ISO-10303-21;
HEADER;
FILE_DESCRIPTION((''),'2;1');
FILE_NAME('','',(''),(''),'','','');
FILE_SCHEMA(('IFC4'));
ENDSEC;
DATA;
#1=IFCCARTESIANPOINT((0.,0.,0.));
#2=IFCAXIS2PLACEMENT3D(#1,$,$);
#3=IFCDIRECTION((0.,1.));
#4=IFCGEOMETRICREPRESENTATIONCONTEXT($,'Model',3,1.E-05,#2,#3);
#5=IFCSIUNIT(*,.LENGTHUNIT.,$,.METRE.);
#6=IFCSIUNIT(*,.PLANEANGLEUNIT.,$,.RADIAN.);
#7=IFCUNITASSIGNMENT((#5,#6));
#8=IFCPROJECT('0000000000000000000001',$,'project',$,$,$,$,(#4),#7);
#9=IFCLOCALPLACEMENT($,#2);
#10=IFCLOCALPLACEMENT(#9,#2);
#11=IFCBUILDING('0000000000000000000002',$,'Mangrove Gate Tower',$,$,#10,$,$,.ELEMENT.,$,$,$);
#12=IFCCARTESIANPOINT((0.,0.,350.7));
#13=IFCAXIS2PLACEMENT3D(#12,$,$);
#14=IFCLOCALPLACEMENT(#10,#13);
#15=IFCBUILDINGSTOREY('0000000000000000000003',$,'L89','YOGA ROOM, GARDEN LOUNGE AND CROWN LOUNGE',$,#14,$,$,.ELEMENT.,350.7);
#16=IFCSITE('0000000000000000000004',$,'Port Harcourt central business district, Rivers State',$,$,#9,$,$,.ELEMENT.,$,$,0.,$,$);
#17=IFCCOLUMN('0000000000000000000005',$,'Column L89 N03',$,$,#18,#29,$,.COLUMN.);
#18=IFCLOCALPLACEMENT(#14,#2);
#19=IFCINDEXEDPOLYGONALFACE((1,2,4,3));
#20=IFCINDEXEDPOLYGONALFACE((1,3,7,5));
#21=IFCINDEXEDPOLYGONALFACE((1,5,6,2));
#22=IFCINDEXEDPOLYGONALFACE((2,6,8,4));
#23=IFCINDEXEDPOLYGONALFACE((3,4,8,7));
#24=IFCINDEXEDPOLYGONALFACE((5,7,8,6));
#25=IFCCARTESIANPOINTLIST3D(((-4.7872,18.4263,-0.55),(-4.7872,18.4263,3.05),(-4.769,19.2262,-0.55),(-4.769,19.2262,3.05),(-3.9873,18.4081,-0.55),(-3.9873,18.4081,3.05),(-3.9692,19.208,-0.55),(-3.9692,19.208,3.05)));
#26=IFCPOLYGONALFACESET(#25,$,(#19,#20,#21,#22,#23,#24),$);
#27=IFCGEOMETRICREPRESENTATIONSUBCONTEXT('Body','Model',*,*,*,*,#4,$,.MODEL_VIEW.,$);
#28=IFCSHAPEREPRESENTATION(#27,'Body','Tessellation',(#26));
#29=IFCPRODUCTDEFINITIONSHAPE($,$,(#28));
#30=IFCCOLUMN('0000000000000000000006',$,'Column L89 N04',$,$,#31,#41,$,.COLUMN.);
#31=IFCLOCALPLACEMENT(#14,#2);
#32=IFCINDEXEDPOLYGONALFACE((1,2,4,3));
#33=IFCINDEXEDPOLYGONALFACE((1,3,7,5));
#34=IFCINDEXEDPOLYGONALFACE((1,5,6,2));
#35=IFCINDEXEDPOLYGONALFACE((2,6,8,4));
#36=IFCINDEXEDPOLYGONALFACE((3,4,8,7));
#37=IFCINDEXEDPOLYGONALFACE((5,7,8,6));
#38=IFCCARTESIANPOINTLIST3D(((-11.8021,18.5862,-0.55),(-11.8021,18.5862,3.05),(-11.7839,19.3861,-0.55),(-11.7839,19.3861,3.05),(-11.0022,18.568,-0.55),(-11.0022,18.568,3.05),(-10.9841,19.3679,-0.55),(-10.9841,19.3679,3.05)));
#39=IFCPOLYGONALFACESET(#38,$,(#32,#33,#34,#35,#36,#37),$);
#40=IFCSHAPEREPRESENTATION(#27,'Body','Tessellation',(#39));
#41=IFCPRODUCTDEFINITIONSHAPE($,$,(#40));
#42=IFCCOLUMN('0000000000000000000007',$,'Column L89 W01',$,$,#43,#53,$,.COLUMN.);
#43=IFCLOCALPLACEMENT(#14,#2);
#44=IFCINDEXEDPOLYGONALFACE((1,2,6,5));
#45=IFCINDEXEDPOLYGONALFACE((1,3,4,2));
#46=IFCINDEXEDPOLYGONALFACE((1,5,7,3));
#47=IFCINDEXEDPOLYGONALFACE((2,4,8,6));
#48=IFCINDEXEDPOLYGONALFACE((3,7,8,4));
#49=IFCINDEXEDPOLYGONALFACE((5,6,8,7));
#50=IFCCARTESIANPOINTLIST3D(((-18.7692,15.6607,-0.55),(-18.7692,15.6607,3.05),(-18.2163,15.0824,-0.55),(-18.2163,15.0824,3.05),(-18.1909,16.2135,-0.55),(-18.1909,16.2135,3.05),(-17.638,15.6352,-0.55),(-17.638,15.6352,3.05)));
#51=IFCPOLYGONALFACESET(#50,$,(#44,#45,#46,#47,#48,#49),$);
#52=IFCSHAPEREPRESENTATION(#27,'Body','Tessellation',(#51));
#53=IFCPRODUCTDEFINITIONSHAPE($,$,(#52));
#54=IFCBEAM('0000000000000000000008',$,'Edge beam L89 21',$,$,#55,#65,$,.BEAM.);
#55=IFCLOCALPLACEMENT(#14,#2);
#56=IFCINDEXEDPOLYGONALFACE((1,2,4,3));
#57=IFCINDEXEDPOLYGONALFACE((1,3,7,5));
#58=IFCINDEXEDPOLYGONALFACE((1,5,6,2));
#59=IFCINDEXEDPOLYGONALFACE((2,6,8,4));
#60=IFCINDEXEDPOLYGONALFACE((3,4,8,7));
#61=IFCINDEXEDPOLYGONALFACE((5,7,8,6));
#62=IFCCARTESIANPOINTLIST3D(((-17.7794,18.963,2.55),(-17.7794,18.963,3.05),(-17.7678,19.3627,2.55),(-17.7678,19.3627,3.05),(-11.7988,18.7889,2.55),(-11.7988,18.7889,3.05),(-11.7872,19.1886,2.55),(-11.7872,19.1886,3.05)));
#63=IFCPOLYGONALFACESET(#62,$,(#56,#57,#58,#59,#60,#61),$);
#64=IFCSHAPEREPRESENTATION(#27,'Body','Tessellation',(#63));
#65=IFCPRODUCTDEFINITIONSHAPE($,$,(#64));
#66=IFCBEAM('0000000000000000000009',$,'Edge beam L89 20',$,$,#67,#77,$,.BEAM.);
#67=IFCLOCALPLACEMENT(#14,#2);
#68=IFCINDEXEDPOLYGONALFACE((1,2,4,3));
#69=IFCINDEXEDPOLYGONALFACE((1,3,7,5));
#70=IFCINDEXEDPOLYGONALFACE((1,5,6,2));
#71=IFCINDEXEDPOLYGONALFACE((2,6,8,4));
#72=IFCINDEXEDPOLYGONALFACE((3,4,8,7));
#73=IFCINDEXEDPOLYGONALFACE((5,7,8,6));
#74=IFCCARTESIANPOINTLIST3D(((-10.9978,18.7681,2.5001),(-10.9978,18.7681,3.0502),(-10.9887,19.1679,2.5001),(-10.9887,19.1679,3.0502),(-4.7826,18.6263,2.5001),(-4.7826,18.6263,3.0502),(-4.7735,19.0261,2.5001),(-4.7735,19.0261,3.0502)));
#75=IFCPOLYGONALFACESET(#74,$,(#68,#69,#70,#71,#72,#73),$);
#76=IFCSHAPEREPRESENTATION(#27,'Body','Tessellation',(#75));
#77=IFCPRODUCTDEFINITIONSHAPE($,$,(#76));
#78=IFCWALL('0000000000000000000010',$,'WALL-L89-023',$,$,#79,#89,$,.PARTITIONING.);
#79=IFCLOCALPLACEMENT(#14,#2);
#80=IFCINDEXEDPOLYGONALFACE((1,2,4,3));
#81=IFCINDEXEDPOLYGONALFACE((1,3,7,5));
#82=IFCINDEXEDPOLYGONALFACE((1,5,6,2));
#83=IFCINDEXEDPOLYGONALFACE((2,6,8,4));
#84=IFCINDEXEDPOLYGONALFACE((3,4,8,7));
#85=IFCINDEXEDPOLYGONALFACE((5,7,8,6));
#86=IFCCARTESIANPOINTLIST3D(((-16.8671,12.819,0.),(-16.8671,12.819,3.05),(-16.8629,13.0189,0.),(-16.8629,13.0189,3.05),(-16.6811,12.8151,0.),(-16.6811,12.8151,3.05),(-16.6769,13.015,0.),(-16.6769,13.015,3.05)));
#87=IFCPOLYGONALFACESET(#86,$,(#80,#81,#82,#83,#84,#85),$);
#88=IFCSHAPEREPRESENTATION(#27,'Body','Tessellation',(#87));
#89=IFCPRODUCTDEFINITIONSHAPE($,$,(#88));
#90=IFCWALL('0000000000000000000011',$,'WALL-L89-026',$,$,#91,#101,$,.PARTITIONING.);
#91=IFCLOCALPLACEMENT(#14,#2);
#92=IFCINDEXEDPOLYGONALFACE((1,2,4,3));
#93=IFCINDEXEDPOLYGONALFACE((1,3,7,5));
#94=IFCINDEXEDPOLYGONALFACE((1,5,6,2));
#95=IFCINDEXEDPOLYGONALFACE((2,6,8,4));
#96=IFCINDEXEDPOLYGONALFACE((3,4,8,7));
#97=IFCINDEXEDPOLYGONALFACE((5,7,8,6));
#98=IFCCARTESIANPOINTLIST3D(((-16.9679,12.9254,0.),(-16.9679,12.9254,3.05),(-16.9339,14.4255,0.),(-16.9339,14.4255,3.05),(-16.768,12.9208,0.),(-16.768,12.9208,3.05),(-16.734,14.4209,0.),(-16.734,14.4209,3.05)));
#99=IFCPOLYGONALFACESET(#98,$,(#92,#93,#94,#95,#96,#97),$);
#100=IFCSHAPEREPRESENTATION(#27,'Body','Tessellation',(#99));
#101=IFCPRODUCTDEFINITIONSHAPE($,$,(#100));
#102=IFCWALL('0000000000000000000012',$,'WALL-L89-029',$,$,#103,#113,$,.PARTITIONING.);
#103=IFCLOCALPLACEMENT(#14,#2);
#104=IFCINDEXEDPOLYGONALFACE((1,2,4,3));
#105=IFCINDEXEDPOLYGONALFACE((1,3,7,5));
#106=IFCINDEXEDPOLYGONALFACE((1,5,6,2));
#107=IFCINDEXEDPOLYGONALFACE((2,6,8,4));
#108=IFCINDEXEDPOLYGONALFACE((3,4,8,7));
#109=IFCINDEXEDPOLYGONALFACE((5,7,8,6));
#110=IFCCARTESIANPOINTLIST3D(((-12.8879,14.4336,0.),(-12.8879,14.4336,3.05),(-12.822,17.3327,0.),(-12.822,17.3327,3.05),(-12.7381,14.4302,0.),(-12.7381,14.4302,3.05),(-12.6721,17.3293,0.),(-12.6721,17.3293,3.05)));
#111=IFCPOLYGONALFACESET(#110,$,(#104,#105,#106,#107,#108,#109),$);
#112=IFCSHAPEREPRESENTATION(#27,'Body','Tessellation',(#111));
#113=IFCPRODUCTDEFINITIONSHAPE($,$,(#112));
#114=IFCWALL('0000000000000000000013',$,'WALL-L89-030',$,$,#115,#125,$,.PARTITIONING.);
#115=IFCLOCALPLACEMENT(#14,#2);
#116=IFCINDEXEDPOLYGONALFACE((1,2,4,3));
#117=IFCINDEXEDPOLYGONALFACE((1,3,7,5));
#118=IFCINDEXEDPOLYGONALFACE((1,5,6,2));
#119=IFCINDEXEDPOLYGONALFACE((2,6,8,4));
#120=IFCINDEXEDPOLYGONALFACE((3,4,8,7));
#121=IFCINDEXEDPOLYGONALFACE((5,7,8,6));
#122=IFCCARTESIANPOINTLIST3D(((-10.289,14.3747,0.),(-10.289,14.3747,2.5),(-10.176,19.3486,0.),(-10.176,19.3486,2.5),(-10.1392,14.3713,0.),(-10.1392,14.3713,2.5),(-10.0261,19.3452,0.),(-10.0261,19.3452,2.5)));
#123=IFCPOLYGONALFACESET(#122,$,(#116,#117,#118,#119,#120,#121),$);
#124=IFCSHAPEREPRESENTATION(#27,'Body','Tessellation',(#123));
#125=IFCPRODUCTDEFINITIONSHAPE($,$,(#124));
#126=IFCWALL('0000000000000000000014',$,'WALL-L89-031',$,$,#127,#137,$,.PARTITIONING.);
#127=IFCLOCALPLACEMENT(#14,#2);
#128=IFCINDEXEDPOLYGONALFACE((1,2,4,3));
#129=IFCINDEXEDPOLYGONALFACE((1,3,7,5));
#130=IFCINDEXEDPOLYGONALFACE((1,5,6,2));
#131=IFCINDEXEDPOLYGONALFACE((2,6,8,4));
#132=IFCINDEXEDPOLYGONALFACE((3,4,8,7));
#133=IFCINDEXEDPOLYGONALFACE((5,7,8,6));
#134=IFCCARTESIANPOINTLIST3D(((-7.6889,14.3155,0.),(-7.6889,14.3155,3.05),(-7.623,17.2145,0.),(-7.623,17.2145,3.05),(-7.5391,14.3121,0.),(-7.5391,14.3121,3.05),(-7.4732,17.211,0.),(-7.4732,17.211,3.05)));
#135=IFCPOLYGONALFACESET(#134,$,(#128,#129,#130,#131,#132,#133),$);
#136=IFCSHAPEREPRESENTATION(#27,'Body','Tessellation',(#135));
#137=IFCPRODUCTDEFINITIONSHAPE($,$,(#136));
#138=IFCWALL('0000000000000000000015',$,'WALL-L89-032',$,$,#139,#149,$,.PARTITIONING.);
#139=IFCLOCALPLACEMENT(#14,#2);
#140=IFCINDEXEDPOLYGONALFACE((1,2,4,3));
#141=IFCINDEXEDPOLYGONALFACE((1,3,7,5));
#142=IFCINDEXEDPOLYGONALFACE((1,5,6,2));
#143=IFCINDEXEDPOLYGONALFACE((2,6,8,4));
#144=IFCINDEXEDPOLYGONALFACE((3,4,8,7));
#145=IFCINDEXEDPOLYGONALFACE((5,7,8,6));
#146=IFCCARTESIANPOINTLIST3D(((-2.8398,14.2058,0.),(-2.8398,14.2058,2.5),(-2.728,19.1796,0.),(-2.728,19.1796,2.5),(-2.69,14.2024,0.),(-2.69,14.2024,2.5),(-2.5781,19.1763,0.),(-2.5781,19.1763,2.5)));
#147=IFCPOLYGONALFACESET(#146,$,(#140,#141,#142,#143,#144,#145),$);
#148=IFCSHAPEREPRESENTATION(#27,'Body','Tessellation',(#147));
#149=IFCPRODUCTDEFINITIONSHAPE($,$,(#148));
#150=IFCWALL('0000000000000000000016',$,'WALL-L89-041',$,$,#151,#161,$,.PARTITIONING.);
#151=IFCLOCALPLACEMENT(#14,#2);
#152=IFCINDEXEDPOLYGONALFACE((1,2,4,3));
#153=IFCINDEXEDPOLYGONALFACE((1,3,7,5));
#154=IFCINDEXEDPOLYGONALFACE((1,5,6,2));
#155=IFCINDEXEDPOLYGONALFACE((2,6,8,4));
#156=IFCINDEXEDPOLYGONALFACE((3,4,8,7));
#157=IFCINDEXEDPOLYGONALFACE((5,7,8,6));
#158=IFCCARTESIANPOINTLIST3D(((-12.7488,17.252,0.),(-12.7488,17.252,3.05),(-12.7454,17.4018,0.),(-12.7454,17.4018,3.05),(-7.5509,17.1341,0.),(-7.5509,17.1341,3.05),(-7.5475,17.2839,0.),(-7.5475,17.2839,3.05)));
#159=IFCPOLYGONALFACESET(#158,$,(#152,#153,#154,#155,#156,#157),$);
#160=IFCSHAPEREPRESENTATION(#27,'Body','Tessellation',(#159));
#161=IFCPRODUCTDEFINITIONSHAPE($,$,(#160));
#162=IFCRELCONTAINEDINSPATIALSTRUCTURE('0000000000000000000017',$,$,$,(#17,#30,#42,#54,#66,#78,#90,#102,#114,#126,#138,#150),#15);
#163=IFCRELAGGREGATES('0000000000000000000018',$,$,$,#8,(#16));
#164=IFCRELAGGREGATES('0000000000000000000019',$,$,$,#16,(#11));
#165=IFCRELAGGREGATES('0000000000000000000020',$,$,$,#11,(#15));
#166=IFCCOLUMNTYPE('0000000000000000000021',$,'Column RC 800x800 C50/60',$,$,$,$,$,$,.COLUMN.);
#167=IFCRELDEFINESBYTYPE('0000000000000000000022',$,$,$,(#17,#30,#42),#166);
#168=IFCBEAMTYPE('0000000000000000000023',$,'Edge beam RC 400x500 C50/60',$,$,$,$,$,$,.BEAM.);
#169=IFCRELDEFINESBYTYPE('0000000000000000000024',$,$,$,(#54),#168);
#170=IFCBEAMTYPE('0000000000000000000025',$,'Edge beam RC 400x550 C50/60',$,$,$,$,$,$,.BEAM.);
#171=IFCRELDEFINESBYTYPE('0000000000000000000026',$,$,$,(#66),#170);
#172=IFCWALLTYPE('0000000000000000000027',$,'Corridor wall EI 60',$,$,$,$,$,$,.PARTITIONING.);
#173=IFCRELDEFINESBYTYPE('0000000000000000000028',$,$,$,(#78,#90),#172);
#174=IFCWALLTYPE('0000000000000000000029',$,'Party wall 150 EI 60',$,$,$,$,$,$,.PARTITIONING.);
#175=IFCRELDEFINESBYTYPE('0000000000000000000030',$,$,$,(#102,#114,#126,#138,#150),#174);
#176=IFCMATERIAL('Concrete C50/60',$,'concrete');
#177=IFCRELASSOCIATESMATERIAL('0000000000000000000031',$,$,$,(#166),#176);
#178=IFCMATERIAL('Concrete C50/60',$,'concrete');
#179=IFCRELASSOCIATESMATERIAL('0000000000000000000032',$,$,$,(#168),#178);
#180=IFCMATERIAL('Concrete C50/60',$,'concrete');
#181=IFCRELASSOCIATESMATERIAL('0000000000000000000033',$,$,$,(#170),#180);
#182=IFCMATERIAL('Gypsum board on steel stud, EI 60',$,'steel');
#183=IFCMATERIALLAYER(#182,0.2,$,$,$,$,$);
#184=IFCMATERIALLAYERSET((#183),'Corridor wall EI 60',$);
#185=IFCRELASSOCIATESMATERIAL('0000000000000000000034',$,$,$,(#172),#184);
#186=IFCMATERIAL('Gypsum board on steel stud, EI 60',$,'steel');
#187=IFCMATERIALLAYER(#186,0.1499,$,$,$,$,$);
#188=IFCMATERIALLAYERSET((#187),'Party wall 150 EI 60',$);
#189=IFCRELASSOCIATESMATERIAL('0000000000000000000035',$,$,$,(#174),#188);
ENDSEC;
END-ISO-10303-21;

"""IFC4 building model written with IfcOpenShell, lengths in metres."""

from ifc_helpers import new_model, si_unit, direction, frame, frame_2d, origin, origin_2d, place, context, subcontext, project, spatial, rectangle, extrude, material, layer, layer_set, material_profile, profile_set, type_object, element, save


model = new_model("IFC4")

# Units and contexts
model_context = context("Model", 3, precision=1e-05, world=origin(), true_north=direction((0.0, 1.0)))
body_context = subcontext(model_context, "Body", "Model", "MODEL_VIEW")
ifc_project = project(units=[si_unit("LENGTHUNIT", "METRE"), si_unit("PLANEANGLEUNIT", "RADIAN")], contexts=[model_context])

# Site, building, storey
site_placement = place(None, origin())
site = spatial("IfcSite", under=ifc_project, at=site_placement, Name="Port Harcourt central business district, Rivers State", CompositionType="ELEMENT", RefElevation=0.0)
building_placement = place(site_placement, origin())
building = spatial("IfcBuilding", under=site, at=building_placement, Name="Mangrove Gate Tower", CompositionType="ELEMENT")
storey_placement = place(building_placement, frame((0.0, 0.0, 350.7)))
storey = spatial("IfcBuildingStorey", under=building, at=storey_placement, Name="L89", Description="YOGA ROOM, GARDEN LOUNGE AND CROWN LOUNGE", CompositionType="ELEMENT", Elevation=350.7)

# Columns
ifc_material_1 = material(Name="Concrete C50/60", Category="concrete")
ifc_material_profile_1 = material_profile(ifc_material_1, rectangle(XDim=0.8, YDim=0.8, at=origin_2d()))
ifc_profile_set_1 = profile_set([ifc_material_profile_1], Name="Concrete C50/60")
column_type = type_object("IfcColumnType", Name="Column RC 800x800 C50/60", PredefinedType="COLUMN", material=ifc_profile_set_1)
for number, where, z_axis, x_axis, name in (
    (1, (-4.3782, 18.8171, -0.55), (0.0, 0.0, 1.0), (-0.999742, 0.022731, 0.0), "Column L89 N03"),
    (2, (-11.3931, 18.9771, -0.55), (0.0, 0.0, 1.0), (-0.999742, 0.022731, 0.0), "Column L89 N04"),
    (3, (-18.2036, 15.6479, -0.55), (0.0, 0.0, 1.0), (-0.722838, -0.691017, 0.0), "Column L89 W01"),
):
    element("IfcColumn", number, at=place(storey_placement, frame(where, z_axis=z_axis, x_axis=x_axis)), inside=storey, type_object=column_type, Name=name, PredefinedType="COLUMN", context=body_context, shape_type="SweptSolid", body=[
        extrude(rectangle(XDim=0.8, YDim=0.8, at=origin_2d()), origin(), (0.0, 0.0, 1.0), 3.6001),
    ])

# Beams
ifc_material_2 = material(Name="Concrete C50/60", Category="concrete")
ifc_material_profile_2 = material_profile(ifc_material_2, rectangle(XDim=0.3999, YDim=0.5, at=origin_2d()))
ifc_profile_set_2 = profile_set([ifc_material_profile_2], Name="Concrete C50/60")
beam_type_1 = type_object("IfcBeamType", Name="Edge beam RC 400x500 C50/60", PredefinedType="BEAM", material=ifc_profile_set_2)
beam_1_placement = place(storey_placement, frame((-11.793, 18.9888, 2.8), z_axis=(-0.999577, 0.029093, 0.0), x_axis=(-0.029093, -0.999577, 0.0)))
element("IfcBeam", 4, at=beam_1_placement, inside=storey, type_object=beam_type_1, Name="Edge beam L89 21", PredefinedType="BEAM", context=body_context, shape_type="SweptSolid", body=[
    extrude(rectangle(XDim=0.3999, YDim=0.5, at=origin_2d()), origin(), (0.0, 0.0, 1.0), 5.9832),
])
ifc_material_3 = material(Name="Concrete C50/60", Category="concrete")
ifc_material_profile_3 = material_profile(ifc_material_3, rectangle(XDim=0.3999, YDim=0.55, at=origin_2d()))
ifc_profile_set_3 = profile_set([ifc_material_profile_3], Name="Concrete C50/60")
beam_type_2 = type_object("IfcBeamType", Name="Edge beam RC 400x550 C50/60", PredefinedType="BEAM", material=ifc_profile_set_3)
beam_2_placement = place(storey_placement, frame((-4.7781, 18.8262, 2.7751), z_axis=(-0.99974, 0.022817, 0.0), x_axis=(-0.022817, -0.99974, 0.0)))
element("IfcBeam", 5, at=beam_2_placement, inside=storey, type_object=beam_type_2, Name="Edge beam L89 20", PredefinedType="BEAM", context=body_context, shape_type="SweptSolid", body=[
    extrude(rectangle(XDim=0.3999, YDim=0.55, at=origin_2d()), origin(), (0.0, 0.0, 1.0), 6.2168),
])

# Walls
ifc_material_4 = material(Name="Gypsum board on steel stud, EI 60", Category="steel")
ifc_layer_1 = layer(ifc_material_4, 0.2)
ifc_layer_set_1 = layer_set([ifc_layer_1], Name="Corridor wall EI 60")
wall_type_1 = type_object("IfcWallType", Name="Corridor wall EI 60", PredefinedType="PARTITIONING", material=ifc_layer_set_1)
wall_1_placement = place(storey_placement, frame((-16.865, 12.9189, 0.0), z_axis=(0.0, 0.0, 1.0), x_axis=(0.99978, -0.020993, 0.0)))
element("IfcWall", 6, at=wall_1_placement, inside=storey, type_object=wall_type_1, Name="WALL-L89-023", PredefinedType="PARTITIONING", context=body_context, shape_type="SweptSolid", body=[
    extrude(rectangle(XDim=0.186, YDim=0.2, at=frame_2d((0.093, 0.0))), origin(), (0.0, 0.0, 1.0), 3.05),
])
wall_2_placement = place(storey_placement, frame((-16.8679, 12.9231, 0.0), z_axis=(0.0, 0.0, 1.0), x_axis=(0.022618, 0.999744, 0.0)))
element("IfcWall", 7, at=wall_2_placement, inside=storey, type_object=wall_type_1, Name="WALL-L89-026", PredefinedType="PARTITIONING", context=body_context, shape_type="SweptSolid", body=[
    extrude(rectangle(XDim=1.5005, YDim=0.2, at=frame_2d((0.7502, 0.0))), origin(), (0.0, 0.0, 1.0), 3.05),
])

# Walls
ifc_material_5 = material(Name="Gypsum board on steel stud, EI 60", Category="steel")
ifc_layer_2 = layer(ifc_material_5, 0.1499)
ifc_layer_set_2 = layer_set([ifc_layer_2], Name="Party wall 150 EI 60")
wall_type_2 = type_object("IfcWallType", Name="Party wall 150 EI 60", PredefinedType="PARTITIONING", material=ifc_layer_set_2)
wall_3_placement = place(storey_placement, frame((-12.813, 14.4319, 0.0), z_axis=(0.0, 0.0, 1.0), x_axis=(0.022731, 0.999742, 0.0)))
element("IfcWall", 8, at=wall_3_placement, inside=storey, type_object=wall_type_2, Name="WALL-L89-029", PredefinedType="PARTITIONING", context=body_context, shape_type="SweptSolid", body=[
    extrude(rectangle(XDim=2.8999, YDim=0.1499, at=frame_2d((1.45, 0.0))), origin(), (0.0, 0.0, 1.0), 3.05),
])
wall_4_placement = place(storey_placement, frame((-10.2141, 14.373, 0.0), z_axis=(0.0, 0.0, 1.0), x_axis=(0.02272, 0.999742, 0.0)))
element("IfcWall", 9, at=wall_4_placement, inside=storey, type_object=wall_type_2, Name="WALL-L89-030", PredefinedType="PARTITIONING", context=body_context, shape_type="SweptSolid", body=[
    extrude(rectangle(XDim=4.9751, YDim=0.1499, at=frame_2d((2.4875, 0.0))), origin(), (0.0, 0.0, 1.0), 2.5),
])
wall_5_placement = place(storey_placement, frame((-7.614, 14.314, 0.0), z_axis=(0.0, 0.0, 1.0), x_axis=(0.022733, 0.999742, 0.0)))
element("IfcWall", 10, at=wall_5_placement, inside=storey, type_object=wall_type_2, Name="WALL-L89-031", PredefinedType="PARTITIONING", context=body_context, shape_type="SweptSolid", body=[
    extrude(rectangle(XDim=2.8997, YDim=0.1499, at=frame_2d((1.4497, 0.0))), origin(), (0.0, 0.0, 1.0), 3.05),
])
wall_6_placement = place(storey_placement, frame((-2.7649, 14.2041, 0.0), z_axis=(0.0, 0.0, 1.0), x_axis=(0.022475, 0.999747, 0.0)))
element("IfcWall", 11, at=wall_6_placement, inside=storey, type_object=wall_type_2, Name="WALL-L89-032", PredefinedType="PARTITIONING", context=body_context, shape_type="SweptSolid", body=[
    extrude(rectangle(XDim=4.9751, YDim=0.1499, at=frame_2d((2.4875, 0.0))), origin(), (0.0, 0.0, 1.0), 2.5),
])
wall_7_placement = place(storey_placement, frame((-12.7471, 17.3269, 0.0), z_axis=(0.0, 0.0, 1.0), x_axis=(0.999743, -0.02268, 0.0)))
element("IfcWall", 12, at=wall_7_placement, inside=storey, type_object=wall_type_2, Name="WALL-L89-041", PredefinedType="PARTITIONING", context=body_context, shape_type="SweptSolid", body=[
    extrude(rectangle(XDim=5.1992, YDim=0.1499, at=frame_2d((2.5996, 0.0))), origin(), (0.0, 0.0, 1.0), 3.05),
])

save(model, "model.ifc")
